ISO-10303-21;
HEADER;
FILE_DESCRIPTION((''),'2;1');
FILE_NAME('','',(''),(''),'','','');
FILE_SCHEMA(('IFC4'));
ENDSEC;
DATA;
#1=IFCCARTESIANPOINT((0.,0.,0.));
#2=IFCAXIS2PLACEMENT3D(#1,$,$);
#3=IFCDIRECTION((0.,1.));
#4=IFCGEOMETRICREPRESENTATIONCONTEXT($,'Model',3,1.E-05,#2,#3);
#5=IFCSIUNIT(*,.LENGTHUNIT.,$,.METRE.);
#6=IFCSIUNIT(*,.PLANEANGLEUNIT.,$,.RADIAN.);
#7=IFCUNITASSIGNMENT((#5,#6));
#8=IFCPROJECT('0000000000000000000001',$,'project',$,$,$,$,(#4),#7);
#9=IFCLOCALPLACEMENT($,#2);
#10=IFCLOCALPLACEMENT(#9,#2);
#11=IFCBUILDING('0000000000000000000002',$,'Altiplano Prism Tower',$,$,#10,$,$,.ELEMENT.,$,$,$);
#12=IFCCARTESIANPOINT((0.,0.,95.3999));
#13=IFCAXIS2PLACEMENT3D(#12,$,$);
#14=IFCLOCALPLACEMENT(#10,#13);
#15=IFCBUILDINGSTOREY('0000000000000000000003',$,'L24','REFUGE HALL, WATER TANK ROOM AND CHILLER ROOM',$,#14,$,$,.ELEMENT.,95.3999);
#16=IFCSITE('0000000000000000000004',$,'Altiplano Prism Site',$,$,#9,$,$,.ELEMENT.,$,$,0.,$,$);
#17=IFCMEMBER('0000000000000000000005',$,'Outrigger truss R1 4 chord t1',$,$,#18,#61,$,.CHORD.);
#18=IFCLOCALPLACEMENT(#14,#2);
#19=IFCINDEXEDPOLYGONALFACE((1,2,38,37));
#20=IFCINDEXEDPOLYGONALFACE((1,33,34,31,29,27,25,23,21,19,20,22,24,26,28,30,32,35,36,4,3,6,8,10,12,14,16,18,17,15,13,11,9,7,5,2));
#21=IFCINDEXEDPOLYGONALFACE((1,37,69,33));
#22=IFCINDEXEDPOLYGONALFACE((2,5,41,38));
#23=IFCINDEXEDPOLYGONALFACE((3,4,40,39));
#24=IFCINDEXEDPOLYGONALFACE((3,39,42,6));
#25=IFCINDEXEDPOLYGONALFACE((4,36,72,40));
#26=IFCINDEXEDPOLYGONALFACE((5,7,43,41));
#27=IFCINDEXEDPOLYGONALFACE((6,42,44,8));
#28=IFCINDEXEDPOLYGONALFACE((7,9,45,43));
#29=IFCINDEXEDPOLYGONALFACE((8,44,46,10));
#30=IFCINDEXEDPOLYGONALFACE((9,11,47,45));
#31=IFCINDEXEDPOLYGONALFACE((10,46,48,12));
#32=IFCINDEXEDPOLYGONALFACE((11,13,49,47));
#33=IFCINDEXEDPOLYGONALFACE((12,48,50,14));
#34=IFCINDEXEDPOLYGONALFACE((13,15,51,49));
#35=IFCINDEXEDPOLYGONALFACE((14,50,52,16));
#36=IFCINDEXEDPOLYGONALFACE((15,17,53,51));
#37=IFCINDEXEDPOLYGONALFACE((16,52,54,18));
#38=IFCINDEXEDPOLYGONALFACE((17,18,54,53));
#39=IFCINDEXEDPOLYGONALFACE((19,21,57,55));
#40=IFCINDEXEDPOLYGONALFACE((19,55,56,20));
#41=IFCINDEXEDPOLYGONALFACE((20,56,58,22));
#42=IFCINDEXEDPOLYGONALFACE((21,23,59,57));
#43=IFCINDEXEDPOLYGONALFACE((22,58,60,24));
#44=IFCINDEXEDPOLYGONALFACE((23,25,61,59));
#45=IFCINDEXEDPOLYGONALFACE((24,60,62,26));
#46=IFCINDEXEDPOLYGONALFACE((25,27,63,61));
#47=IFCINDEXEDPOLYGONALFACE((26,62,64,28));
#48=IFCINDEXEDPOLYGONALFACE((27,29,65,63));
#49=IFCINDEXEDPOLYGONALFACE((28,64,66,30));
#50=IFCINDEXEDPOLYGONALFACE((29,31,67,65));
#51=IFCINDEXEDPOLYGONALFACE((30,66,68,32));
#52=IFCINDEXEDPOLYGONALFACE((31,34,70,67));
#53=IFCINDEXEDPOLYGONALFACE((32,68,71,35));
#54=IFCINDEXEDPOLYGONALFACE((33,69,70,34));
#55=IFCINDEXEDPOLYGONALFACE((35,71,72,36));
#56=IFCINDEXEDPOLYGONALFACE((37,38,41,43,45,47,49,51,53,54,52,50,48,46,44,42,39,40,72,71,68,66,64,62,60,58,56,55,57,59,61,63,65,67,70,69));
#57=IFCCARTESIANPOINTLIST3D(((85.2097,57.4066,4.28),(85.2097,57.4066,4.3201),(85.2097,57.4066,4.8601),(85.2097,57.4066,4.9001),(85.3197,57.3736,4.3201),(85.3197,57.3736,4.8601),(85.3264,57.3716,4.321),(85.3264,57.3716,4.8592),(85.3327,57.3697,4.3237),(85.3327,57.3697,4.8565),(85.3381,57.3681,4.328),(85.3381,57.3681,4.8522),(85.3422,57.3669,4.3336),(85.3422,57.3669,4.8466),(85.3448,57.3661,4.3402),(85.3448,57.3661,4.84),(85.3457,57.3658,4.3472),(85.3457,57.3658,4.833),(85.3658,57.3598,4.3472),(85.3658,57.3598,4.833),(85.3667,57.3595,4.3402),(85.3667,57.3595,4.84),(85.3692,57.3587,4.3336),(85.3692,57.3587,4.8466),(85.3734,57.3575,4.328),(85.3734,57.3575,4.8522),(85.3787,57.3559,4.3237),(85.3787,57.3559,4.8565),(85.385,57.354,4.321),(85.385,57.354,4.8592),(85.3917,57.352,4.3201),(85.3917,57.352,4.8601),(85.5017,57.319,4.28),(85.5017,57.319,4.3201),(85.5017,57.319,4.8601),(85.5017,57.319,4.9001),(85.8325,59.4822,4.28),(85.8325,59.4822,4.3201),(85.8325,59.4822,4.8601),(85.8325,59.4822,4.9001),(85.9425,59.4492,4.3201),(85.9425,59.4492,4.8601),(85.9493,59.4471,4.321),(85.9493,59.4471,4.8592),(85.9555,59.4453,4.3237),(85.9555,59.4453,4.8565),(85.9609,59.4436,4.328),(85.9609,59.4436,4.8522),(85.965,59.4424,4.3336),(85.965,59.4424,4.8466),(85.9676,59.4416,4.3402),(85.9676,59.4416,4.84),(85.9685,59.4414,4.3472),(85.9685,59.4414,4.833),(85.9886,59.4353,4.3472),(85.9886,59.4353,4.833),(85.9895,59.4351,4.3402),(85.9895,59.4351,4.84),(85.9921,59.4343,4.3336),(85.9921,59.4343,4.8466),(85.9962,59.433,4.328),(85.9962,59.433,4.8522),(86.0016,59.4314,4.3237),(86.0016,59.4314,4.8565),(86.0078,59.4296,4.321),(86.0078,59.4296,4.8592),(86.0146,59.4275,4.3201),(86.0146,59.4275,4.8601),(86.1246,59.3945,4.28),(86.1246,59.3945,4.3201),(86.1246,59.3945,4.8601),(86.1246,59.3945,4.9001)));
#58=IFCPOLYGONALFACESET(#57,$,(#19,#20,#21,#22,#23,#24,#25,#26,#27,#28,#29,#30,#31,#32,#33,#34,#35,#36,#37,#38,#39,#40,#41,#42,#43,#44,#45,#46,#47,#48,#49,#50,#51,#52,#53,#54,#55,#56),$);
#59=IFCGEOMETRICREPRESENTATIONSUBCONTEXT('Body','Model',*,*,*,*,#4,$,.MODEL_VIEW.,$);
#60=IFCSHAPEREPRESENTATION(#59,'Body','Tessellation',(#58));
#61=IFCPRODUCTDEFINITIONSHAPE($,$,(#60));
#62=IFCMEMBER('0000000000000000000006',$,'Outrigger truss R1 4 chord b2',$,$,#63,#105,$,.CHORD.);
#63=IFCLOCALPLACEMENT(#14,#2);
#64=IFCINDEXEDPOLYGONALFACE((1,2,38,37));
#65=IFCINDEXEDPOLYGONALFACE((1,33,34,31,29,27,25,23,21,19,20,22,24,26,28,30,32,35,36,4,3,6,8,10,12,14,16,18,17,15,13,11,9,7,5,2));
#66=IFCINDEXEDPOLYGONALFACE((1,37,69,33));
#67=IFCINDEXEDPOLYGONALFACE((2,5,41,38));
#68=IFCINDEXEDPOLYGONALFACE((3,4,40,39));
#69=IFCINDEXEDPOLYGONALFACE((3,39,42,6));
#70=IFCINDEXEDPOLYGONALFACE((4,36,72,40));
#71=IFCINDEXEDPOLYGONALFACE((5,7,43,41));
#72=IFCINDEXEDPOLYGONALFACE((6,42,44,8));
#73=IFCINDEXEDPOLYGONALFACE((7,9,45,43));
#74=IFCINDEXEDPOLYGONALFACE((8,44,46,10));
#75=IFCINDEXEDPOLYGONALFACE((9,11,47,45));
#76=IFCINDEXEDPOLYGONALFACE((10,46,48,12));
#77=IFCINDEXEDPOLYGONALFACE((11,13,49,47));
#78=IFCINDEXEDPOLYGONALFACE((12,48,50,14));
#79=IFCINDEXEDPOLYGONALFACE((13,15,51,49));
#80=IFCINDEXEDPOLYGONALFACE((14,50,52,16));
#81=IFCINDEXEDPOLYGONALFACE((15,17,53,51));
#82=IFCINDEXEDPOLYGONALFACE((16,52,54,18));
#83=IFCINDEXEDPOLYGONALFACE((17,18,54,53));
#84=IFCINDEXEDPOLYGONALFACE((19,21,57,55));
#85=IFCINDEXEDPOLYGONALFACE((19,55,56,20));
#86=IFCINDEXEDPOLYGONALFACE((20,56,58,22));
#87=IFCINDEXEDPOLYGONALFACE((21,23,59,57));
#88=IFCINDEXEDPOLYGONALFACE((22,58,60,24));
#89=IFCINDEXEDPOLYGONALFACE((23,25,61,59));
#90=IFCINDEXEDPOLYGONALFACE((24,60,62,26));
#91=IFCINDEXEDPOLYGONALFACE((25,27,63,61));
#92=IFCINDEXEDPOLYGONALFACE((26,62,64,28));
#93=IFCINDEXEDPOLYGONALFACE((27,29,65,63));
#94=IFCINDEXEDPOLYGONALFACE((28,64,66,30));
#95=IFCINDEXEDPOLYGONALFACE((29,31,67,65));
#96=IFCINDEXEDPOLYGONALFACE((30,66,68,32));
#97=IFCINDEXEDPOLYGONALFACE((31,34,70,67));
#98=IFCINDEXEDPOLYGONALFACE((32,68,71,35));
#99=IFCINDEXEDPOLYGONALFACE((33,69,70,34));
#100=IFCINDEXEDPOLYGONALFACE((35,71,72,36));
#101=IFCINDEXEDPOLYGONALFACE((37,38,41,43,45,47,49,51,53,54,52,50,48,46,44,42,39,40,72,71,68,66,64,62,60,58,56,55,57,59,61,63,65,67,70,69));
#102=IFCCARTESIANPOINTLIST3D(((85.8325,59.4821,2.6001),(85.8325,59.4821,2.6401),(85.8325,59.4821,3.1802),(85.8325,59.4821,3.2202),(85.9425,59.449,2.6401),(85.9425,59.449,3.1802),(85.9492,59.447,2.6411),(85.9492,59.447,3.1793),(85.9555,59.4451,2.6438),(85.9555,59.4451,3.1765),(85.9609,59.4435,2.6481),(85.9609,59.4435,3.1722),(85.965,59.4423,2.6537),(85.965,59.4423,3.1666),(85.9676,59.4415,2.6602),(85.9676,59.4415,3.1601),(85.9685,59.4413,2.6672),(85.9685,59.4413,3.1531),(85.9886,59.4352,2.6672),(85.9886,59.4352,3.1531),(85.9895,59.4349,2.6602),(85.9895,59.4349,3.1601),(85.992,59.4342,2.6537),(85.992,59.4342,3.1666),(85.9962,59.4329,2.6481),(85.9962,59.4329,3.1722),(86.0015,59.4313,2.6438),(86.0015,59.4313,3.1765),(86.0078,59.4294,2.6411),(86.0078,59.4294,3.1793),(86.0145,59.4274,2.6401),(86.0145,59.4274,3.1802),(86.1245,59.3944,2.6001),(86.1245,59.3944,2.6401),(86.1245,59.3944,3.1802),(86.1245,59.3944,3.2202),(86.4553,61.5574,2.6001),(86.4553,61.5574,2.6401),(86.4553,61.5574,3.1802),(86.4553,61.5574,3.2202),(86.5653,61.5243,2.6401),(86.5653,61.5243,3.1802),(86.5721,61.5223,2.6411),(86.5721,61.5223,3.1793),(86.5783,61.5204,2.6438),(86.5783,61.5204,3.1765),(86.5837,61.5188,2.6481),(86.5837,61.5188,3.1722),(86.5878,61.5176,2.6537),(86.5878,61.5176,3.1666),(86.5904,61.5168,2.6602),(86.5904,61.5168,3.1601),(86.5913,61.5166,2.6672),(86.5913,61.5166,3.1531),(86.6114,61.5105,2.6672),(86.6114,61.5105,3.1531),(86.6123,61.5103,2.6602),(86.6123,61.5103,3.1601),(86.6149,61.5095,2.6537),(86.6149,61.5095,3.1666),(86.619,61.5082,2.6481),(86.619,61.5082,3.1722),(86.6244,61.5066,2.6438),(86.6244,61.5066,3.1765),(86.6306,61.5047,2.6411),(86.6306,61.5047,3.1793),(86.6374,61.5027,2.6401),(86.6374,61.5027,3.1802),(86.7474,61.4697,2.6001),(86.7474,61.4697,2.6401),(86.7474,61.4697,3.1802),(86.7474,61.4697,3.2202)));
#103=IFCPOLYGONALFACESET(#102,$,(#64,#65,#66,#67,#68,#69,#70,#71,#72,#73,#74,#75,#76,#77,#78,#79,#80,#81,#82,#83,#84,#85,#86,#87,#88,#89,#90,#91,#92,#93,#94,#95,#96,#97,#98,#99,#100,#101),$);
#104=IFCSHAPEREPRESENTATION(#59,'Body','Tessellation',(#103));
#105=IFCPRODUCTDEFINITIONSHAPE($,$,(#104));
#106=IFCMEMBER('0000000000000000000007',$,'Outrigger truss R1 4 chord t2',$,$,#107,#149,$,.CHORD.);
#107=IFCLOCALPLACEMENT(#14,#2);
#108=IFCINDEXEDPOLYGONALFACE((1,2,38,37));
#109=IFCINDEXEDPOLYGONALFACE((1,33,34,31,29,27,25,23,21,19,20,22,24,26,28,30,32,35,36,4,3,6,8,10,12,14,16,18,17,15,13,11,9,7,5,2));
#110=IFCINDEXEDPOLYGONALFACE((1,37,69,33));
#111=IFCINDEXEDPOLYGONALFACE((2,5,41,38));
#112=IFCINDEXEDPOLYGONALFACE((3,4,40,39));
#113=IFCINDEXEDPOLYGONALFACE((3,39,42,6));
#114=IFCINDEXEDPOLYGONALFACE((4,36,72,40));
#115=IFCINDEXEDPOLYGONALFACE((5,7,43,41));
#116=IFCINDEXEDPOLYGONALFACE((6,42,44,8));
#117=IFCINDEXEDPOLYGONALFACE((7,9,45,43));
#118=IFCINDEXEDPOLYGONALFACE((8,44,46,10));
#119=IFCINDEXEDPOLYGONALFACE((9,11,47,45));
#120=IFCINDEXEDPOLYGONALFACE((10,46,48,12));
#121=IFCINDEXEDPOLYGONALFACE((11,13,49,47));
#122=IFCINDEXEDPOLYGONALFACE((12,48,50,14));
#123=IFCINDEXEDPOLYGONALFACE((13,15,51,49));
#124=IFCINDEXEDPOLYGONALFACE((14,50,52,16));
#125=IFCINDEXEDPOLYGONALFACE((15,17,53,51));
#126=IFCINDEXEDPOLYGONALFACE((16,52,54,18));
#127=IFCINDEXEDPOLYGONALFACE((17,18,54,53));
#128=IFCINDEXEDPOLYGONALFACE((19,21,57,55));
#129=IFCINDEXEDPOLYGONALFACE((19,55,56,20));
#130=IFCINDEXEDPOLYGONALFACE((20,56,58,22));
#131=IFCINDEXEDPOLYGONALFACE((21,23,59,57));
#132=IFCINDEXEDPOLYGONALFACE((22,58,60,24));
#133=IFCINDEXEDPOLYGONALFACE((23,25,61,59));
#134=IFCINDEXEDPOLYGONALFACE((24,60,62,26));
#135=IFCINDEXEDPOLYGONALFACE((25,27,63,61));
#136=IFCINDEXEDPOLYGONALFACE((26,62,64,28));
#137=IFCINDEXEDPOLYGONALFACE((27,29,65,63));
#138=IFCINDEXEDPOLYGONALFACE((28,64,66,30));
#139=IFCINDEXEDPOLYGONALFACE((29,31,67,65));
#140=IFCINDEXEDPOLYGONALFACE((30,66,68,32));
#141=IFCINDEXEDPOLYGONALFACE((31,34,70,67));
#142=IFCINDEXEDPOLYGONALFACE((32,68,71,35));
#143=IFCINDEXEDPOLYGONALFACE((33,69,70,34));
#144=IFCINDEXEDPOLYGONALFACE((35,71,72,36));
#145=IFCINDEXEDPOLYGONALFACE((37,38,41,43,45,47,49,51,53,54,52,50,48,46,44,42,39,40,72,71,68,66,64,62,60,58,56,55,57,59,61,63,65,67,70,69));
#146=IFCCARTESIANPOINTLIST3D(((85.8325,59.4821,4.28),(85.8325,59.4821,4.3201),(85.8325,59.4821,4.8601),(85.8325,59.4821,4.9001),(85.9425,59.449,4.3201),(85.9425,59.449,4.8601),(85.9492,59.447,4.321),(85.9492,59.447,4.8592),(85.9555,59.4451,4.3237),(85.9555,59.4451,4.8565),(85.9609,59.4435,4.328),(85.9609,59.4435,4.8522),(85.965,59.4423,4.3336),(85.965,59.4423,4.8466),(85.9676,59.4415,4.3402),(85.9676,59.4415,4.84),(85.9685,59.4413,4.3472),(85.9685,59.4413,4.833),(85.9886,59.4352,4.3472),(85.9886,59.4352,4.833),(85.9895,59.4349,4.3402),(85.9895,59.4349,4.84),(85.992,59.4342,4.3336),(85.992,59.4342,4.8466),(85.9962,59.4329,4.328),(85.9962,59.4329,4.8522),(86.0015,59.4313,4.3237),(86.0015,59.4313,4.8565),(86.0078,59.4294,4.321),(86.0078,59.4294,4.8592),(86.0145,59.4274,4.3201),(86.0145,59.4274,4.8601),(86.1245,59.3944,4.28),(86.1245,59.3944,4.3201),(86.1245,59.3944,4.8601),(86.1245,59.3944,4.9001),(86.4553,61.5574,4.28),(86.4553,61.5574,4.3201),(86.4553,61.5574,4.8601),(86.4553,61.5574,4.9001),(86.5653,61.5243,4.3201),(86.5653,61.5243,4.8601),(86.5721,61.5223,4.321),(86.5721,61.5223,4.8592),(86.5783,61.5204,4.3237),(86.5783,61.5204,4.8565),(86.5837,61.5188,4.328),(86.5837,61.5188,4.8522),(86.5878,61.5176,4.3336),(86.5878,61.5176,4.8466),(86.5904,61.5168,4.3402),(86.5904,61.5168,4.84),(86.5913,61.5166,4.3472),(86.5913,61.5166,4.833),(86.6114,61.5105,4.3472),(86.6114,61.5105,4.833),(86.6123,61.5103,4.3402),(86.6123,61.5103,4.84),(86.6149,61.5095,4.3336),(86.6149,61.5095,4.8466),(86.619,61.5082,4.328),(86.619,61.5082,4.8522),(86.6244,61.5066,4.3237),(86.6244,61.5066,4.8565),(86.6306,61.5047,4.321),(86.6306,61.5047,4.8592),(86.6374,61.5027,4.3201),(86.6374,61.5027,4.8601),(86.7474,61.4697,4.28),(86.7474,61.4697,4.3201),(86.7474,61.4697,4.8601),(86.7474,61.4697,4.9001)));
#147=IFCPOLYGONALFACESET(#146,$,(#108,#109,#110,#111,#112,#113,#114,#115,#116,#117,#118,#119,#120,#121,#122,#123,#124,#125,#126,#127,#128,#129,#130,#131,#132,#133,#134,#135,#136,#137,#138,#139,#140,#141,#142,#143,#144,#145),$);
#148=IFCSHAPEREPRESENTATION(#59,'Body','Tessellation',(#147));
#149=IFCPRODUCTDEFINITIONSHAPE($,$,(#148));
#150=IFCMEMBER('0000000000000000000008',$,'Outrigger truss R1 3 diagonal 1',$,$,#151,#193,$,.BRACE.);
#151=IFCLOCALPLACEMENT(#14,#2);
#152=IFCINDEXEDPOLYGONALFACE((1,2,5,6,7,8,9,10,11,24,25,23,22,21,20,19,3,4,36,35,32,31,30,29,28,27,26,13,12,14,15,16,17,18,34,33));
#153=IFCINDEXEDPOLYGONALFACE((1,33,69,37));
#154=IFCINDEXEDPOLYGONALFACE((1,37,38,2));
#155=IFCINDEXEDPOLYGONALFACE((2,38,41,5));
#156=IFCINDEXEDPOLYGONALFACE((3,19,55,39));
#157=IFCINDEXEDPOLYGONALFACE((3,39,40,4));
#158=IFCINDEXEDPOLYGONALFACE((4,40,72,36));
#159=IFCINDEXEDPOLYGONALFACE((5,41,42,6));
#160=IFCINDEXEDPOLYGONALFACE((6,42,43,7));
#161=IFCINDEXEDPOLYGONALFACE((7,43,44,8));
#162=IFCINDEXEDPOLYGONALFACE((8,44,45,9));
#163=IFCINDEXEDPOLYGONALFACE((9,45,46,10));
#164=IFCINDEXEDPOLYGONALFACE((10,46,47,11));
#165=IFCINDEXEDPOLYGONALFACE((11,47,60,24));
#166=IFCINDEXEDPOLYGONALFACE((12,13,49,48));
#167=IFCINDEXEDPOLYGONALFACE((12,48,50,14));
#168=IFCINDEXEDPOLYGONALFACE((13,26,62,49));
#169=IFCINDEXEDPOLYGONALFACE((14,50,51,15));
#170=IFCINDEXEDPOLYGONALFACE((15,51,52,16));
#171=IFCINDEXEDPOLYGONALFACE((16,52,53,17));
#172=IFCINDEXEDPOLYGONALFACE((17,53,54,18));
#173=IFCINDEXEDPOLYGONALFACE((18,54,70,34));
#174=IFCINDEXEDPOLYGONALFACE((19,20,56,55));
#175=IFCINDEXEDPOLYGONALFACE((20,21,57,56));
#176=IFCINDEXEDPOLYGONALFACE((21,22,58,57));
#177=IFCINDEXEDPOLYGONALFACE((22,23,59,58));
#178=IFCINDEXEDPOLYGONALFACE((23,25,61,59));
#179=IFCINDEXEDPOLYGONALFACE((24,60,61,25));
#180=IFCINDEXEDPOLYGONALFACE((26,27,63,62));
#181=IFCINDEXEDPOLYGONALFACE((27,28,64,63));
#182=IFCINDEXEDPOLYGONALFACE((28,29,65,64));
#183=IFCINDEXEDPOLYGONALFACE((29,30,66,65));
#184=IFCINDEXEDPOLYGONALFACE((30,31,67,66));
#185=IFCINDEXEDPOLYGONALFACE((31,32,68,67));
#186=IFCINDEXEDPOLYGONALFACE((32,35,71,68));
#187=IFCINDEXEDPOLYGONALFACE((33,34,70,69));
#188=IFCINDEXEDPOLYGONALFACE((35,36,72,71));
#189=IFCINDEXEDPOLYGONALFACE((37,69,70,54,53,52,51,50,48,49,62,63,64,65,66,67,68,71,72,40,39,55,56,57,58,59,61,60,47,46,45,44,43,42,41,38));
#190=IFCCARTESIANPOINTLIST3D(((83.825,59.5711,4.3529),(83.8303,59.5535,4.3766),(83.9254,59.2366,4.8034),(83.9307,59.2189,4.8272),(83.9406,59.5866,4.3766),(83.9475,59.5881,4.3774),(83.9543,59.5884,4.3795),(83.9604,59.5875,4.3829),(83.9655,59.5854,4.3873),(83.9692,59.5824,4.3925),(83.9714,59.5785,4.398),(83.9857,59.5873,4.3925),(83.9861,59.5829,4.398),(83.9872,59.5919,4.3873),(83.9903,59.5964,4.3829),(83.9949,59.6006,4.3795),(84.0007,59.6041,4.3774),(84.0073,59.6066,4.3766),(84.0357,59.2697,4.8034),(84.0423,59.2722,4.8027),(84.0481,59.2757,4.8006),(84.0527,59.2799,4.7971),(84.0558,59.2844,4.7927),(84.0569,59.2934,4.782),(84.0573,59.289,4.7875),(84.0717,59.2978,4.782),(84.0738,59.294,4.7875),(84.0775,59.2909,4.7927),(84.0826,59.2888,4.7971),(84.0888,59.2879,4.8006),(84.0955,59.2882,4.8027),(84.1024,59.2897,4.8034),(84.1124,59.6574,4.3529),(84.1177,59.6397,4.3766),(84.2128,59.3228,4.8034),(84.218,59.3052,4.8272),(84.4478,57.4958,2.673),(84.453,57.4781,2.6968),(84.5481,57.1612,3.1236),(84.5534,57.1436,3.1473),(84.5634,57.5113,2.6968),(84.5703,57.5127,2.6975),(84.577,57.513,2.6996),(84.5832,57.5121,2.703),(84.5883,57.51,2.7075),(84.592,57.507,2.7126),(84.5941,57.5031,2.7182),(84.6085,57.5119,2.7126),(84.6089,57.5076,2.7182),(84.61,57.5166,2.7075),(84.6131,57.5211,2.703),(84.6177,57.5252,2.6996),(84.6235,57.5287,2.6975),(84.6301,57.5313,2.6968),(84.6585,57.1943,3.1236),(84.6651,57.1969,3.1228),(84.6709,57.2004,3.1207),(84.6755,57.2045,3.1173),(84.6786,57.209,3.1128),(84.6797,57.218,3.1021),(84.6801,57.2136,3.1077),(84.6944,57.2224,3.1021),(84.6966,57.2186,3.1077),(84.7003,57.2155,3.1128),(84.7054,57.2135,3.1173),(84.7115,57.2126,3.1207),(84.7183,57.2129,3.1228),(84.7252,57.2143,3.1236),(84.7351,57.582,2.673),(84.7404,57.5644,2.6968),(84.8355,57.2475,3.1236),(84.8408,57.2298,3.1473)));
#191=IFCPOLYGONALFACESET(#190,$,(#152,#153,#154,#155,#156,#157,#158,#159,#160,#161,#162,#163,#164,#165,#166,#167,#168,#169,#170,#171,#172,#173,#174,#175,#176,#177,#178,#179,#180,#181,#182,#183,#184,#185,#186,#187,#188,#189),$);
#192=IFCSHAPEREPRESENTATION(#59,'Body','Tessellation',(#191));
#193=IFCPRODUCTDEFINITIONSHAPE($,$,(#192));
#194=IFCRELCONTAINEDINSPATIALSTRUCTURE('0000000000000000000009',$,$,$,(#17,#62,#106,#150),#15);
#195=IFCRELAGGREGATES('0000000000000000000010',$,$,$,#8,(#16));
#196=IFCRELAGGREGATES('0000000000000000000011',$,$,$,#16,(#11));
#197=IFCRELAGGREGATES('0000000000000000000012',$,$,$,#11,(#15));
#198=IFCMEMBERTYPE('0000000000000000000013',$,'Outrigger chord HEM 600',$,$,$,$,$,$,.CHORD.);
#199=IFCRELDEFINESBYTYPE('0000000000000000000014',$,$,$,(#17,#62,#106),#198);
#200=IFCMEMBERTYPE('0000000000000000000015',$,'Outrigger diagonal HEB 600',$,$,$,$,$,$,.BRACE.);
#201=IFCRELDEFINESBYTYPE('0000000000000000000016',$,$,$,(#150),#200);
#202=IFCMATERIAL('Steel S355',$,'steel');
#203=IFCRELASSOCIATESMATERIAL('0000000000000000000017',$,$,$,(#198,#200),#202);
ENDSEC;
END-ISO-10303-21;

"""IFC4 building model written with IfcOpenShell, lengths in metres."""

from ifc_helpers import new_model, si_unit, direction, frame, origin, origin_2d, place, context, subcontext, project, spatial, i_section, extrude, material, material_profile, profile_set, type_object, element, save


model = new_model("IFC4")

# Units and contexts
model_context = context("Model", 3, precision=1e-05, world=origin(), true_north=direction((0.0, 1.0)))
body_context = subcontext(model_context, "Body", "Model", "MODEL_VIEW")
ifc_project = project(units=[si_unit("LENGTHUNIT", "METRE"), si_unit("PLANEANGLEUNIT", "RADIAN")], contexts=[model_context])

# Site, building, storey
site_placement = place(None, origin())
site = spatial("IfcSite", under=ifc_project, at=site_placement, Name="Altiplano Prism Site", CompositionType="ELEMENT", RefElevation=0.0)
building_placement = place(site_placement, origin())
building = spatial("IfcBuilding", under=site, at=building_placement, Name="Altiplano Prism Tower", CompositionType="ELEMENT")
storey_placement = place(building_placement, frame((0.0, 0.0, 95.3999)))
storey = spatial("IfcBuildingStorey", under=building, at=storey_placement, Name="L24", Description="REFUGE HALL, WATER TANK ROOM AND CHILLER ROOM", CompositionType="ELEMENT", Elevation=95.3999)

# Shared definitions
ifc_material_1 = material(Name="Steel S355", Category="steel")

# Members
ifc_material_profile_1 = material_profile(ifc_material_1, i_section(OverallWidth=0.3049, OverallDepth=0.6201, WebThickness=0.021, FlangeThickness=0.04, FilletRadius=0.0271, at=origin_2d()), Name="Outrigger chord HEM 600")
ifc_profile_set_1 = profile_set([ifc_material_profile_1], Name="Steel S355")
member_type_1 = type_object("IfcMemberType", Name="Outrigger chord HEM 600", PredefinedType="CHORD", material=ifc_profile_set_1)
for number, where, z_axis, x_axis, name in (
    (1, (85.3557, 57.3628, 4.5901), (0.28742, 0.957805, 0.0), (-0.957805, 0.28742, 0.0), "Outrigger truss R1 4 chord t1"),
):
    element("IfcMember", number, at=place(storey_placement, frame(where, z_axis=z_axis, x_axis=x_axis)), inside=storey, type_object=member_type_1, Name=name, PredefinedType="CHORD", context=body_context, shape_type="SweptSolid", body=[
        extrude(i_section(OverallWidth=0.3049, OverallDepth=0.6201, WebThickness=0.021, FlangeThickness=0.04, FilletRadius=0.0271, at=origin_2d()), origin(), (0.0, 0.0, 1.0), 2.167),
    ])
for number, where, z_axis, x_axis, name in (
    (2, (85.9785, 59.4382, 2.9102), (0.287451, 0.957795, 0.0), (-0.957795, 0.287451, 0.0), "Outrigger truss R1 4 chord b2"),
    (3, (85.9785, 59.4382, 4.5901), (0.287451, 0.957795, 0.0), (-0.957795, 0.287451, 0.0), "Outrigger truss R1 4 chord t2"),
):
    element("IfcMember", number, at=place(storey_placement, frame(where, z_axis=z_axis, x_axis=x_axis)), inside=storey, type_object=member_type_1, Name=name, PredefinedType="CHORD", context=body_context, shape_type="SweptSolid", body=[
        extrude(i_section(OverallWidth=0.3049, OverallDepth=0.6201, WebThickness=0.021, FlangeThickness=0.04, FilletRadius=0.0271, at=origin_2d()), origin(), (0.0, 0.0, 1.0), 2.1667),
    ])
ifc_material_profile_2 = material_profile(ifc_material_1, i_section(OverallWidth=0.3, OverallDepth=0.6001, WebThickness=0.0154, FlangeThickness=0.03, FilletRadius=0.0271, at=origin_2d()), Name="Outrigger diagonal HEB 600")
ifc_profile_set_2 = profile_set([ifc_material_profile_2], Name="Steel S355")
member_type_2 = type_object("IfcMemberType", Name="Outrigger diagonal HEB 600", PredefinedType="BRACE", material=ifc_profile_set_2)
for number, where, z_axis, x_axis, name in (
    (4, (84.6443, 57.3628, 2.9102), (-0.227151, 0.756961, 0.61271), (-0.957805, -0.28742, 0.0), "Outrigger truss R1 3 diagonal 1"),
):
    element("IfcMember", number, at=place(storey_placement, frame(where, z_axis=z_axis, x_axis=x_axis)), inside=storey, type_object=member_type_2, Name=name, PredefinedType="BRACE", context=body_context, shape_type="SweptSolid", body=[
        extrude(i_section(OverallWidth=0.3, OverallDepth=0.6001, WebThickness=0.0154, FlangeThickness=0.03, FilletRadius=0.0271, at=origin_2d()), origin(), (0.0, 0.0, 1.0), 2.7417),
    ])

save(model, "model.ifc")
